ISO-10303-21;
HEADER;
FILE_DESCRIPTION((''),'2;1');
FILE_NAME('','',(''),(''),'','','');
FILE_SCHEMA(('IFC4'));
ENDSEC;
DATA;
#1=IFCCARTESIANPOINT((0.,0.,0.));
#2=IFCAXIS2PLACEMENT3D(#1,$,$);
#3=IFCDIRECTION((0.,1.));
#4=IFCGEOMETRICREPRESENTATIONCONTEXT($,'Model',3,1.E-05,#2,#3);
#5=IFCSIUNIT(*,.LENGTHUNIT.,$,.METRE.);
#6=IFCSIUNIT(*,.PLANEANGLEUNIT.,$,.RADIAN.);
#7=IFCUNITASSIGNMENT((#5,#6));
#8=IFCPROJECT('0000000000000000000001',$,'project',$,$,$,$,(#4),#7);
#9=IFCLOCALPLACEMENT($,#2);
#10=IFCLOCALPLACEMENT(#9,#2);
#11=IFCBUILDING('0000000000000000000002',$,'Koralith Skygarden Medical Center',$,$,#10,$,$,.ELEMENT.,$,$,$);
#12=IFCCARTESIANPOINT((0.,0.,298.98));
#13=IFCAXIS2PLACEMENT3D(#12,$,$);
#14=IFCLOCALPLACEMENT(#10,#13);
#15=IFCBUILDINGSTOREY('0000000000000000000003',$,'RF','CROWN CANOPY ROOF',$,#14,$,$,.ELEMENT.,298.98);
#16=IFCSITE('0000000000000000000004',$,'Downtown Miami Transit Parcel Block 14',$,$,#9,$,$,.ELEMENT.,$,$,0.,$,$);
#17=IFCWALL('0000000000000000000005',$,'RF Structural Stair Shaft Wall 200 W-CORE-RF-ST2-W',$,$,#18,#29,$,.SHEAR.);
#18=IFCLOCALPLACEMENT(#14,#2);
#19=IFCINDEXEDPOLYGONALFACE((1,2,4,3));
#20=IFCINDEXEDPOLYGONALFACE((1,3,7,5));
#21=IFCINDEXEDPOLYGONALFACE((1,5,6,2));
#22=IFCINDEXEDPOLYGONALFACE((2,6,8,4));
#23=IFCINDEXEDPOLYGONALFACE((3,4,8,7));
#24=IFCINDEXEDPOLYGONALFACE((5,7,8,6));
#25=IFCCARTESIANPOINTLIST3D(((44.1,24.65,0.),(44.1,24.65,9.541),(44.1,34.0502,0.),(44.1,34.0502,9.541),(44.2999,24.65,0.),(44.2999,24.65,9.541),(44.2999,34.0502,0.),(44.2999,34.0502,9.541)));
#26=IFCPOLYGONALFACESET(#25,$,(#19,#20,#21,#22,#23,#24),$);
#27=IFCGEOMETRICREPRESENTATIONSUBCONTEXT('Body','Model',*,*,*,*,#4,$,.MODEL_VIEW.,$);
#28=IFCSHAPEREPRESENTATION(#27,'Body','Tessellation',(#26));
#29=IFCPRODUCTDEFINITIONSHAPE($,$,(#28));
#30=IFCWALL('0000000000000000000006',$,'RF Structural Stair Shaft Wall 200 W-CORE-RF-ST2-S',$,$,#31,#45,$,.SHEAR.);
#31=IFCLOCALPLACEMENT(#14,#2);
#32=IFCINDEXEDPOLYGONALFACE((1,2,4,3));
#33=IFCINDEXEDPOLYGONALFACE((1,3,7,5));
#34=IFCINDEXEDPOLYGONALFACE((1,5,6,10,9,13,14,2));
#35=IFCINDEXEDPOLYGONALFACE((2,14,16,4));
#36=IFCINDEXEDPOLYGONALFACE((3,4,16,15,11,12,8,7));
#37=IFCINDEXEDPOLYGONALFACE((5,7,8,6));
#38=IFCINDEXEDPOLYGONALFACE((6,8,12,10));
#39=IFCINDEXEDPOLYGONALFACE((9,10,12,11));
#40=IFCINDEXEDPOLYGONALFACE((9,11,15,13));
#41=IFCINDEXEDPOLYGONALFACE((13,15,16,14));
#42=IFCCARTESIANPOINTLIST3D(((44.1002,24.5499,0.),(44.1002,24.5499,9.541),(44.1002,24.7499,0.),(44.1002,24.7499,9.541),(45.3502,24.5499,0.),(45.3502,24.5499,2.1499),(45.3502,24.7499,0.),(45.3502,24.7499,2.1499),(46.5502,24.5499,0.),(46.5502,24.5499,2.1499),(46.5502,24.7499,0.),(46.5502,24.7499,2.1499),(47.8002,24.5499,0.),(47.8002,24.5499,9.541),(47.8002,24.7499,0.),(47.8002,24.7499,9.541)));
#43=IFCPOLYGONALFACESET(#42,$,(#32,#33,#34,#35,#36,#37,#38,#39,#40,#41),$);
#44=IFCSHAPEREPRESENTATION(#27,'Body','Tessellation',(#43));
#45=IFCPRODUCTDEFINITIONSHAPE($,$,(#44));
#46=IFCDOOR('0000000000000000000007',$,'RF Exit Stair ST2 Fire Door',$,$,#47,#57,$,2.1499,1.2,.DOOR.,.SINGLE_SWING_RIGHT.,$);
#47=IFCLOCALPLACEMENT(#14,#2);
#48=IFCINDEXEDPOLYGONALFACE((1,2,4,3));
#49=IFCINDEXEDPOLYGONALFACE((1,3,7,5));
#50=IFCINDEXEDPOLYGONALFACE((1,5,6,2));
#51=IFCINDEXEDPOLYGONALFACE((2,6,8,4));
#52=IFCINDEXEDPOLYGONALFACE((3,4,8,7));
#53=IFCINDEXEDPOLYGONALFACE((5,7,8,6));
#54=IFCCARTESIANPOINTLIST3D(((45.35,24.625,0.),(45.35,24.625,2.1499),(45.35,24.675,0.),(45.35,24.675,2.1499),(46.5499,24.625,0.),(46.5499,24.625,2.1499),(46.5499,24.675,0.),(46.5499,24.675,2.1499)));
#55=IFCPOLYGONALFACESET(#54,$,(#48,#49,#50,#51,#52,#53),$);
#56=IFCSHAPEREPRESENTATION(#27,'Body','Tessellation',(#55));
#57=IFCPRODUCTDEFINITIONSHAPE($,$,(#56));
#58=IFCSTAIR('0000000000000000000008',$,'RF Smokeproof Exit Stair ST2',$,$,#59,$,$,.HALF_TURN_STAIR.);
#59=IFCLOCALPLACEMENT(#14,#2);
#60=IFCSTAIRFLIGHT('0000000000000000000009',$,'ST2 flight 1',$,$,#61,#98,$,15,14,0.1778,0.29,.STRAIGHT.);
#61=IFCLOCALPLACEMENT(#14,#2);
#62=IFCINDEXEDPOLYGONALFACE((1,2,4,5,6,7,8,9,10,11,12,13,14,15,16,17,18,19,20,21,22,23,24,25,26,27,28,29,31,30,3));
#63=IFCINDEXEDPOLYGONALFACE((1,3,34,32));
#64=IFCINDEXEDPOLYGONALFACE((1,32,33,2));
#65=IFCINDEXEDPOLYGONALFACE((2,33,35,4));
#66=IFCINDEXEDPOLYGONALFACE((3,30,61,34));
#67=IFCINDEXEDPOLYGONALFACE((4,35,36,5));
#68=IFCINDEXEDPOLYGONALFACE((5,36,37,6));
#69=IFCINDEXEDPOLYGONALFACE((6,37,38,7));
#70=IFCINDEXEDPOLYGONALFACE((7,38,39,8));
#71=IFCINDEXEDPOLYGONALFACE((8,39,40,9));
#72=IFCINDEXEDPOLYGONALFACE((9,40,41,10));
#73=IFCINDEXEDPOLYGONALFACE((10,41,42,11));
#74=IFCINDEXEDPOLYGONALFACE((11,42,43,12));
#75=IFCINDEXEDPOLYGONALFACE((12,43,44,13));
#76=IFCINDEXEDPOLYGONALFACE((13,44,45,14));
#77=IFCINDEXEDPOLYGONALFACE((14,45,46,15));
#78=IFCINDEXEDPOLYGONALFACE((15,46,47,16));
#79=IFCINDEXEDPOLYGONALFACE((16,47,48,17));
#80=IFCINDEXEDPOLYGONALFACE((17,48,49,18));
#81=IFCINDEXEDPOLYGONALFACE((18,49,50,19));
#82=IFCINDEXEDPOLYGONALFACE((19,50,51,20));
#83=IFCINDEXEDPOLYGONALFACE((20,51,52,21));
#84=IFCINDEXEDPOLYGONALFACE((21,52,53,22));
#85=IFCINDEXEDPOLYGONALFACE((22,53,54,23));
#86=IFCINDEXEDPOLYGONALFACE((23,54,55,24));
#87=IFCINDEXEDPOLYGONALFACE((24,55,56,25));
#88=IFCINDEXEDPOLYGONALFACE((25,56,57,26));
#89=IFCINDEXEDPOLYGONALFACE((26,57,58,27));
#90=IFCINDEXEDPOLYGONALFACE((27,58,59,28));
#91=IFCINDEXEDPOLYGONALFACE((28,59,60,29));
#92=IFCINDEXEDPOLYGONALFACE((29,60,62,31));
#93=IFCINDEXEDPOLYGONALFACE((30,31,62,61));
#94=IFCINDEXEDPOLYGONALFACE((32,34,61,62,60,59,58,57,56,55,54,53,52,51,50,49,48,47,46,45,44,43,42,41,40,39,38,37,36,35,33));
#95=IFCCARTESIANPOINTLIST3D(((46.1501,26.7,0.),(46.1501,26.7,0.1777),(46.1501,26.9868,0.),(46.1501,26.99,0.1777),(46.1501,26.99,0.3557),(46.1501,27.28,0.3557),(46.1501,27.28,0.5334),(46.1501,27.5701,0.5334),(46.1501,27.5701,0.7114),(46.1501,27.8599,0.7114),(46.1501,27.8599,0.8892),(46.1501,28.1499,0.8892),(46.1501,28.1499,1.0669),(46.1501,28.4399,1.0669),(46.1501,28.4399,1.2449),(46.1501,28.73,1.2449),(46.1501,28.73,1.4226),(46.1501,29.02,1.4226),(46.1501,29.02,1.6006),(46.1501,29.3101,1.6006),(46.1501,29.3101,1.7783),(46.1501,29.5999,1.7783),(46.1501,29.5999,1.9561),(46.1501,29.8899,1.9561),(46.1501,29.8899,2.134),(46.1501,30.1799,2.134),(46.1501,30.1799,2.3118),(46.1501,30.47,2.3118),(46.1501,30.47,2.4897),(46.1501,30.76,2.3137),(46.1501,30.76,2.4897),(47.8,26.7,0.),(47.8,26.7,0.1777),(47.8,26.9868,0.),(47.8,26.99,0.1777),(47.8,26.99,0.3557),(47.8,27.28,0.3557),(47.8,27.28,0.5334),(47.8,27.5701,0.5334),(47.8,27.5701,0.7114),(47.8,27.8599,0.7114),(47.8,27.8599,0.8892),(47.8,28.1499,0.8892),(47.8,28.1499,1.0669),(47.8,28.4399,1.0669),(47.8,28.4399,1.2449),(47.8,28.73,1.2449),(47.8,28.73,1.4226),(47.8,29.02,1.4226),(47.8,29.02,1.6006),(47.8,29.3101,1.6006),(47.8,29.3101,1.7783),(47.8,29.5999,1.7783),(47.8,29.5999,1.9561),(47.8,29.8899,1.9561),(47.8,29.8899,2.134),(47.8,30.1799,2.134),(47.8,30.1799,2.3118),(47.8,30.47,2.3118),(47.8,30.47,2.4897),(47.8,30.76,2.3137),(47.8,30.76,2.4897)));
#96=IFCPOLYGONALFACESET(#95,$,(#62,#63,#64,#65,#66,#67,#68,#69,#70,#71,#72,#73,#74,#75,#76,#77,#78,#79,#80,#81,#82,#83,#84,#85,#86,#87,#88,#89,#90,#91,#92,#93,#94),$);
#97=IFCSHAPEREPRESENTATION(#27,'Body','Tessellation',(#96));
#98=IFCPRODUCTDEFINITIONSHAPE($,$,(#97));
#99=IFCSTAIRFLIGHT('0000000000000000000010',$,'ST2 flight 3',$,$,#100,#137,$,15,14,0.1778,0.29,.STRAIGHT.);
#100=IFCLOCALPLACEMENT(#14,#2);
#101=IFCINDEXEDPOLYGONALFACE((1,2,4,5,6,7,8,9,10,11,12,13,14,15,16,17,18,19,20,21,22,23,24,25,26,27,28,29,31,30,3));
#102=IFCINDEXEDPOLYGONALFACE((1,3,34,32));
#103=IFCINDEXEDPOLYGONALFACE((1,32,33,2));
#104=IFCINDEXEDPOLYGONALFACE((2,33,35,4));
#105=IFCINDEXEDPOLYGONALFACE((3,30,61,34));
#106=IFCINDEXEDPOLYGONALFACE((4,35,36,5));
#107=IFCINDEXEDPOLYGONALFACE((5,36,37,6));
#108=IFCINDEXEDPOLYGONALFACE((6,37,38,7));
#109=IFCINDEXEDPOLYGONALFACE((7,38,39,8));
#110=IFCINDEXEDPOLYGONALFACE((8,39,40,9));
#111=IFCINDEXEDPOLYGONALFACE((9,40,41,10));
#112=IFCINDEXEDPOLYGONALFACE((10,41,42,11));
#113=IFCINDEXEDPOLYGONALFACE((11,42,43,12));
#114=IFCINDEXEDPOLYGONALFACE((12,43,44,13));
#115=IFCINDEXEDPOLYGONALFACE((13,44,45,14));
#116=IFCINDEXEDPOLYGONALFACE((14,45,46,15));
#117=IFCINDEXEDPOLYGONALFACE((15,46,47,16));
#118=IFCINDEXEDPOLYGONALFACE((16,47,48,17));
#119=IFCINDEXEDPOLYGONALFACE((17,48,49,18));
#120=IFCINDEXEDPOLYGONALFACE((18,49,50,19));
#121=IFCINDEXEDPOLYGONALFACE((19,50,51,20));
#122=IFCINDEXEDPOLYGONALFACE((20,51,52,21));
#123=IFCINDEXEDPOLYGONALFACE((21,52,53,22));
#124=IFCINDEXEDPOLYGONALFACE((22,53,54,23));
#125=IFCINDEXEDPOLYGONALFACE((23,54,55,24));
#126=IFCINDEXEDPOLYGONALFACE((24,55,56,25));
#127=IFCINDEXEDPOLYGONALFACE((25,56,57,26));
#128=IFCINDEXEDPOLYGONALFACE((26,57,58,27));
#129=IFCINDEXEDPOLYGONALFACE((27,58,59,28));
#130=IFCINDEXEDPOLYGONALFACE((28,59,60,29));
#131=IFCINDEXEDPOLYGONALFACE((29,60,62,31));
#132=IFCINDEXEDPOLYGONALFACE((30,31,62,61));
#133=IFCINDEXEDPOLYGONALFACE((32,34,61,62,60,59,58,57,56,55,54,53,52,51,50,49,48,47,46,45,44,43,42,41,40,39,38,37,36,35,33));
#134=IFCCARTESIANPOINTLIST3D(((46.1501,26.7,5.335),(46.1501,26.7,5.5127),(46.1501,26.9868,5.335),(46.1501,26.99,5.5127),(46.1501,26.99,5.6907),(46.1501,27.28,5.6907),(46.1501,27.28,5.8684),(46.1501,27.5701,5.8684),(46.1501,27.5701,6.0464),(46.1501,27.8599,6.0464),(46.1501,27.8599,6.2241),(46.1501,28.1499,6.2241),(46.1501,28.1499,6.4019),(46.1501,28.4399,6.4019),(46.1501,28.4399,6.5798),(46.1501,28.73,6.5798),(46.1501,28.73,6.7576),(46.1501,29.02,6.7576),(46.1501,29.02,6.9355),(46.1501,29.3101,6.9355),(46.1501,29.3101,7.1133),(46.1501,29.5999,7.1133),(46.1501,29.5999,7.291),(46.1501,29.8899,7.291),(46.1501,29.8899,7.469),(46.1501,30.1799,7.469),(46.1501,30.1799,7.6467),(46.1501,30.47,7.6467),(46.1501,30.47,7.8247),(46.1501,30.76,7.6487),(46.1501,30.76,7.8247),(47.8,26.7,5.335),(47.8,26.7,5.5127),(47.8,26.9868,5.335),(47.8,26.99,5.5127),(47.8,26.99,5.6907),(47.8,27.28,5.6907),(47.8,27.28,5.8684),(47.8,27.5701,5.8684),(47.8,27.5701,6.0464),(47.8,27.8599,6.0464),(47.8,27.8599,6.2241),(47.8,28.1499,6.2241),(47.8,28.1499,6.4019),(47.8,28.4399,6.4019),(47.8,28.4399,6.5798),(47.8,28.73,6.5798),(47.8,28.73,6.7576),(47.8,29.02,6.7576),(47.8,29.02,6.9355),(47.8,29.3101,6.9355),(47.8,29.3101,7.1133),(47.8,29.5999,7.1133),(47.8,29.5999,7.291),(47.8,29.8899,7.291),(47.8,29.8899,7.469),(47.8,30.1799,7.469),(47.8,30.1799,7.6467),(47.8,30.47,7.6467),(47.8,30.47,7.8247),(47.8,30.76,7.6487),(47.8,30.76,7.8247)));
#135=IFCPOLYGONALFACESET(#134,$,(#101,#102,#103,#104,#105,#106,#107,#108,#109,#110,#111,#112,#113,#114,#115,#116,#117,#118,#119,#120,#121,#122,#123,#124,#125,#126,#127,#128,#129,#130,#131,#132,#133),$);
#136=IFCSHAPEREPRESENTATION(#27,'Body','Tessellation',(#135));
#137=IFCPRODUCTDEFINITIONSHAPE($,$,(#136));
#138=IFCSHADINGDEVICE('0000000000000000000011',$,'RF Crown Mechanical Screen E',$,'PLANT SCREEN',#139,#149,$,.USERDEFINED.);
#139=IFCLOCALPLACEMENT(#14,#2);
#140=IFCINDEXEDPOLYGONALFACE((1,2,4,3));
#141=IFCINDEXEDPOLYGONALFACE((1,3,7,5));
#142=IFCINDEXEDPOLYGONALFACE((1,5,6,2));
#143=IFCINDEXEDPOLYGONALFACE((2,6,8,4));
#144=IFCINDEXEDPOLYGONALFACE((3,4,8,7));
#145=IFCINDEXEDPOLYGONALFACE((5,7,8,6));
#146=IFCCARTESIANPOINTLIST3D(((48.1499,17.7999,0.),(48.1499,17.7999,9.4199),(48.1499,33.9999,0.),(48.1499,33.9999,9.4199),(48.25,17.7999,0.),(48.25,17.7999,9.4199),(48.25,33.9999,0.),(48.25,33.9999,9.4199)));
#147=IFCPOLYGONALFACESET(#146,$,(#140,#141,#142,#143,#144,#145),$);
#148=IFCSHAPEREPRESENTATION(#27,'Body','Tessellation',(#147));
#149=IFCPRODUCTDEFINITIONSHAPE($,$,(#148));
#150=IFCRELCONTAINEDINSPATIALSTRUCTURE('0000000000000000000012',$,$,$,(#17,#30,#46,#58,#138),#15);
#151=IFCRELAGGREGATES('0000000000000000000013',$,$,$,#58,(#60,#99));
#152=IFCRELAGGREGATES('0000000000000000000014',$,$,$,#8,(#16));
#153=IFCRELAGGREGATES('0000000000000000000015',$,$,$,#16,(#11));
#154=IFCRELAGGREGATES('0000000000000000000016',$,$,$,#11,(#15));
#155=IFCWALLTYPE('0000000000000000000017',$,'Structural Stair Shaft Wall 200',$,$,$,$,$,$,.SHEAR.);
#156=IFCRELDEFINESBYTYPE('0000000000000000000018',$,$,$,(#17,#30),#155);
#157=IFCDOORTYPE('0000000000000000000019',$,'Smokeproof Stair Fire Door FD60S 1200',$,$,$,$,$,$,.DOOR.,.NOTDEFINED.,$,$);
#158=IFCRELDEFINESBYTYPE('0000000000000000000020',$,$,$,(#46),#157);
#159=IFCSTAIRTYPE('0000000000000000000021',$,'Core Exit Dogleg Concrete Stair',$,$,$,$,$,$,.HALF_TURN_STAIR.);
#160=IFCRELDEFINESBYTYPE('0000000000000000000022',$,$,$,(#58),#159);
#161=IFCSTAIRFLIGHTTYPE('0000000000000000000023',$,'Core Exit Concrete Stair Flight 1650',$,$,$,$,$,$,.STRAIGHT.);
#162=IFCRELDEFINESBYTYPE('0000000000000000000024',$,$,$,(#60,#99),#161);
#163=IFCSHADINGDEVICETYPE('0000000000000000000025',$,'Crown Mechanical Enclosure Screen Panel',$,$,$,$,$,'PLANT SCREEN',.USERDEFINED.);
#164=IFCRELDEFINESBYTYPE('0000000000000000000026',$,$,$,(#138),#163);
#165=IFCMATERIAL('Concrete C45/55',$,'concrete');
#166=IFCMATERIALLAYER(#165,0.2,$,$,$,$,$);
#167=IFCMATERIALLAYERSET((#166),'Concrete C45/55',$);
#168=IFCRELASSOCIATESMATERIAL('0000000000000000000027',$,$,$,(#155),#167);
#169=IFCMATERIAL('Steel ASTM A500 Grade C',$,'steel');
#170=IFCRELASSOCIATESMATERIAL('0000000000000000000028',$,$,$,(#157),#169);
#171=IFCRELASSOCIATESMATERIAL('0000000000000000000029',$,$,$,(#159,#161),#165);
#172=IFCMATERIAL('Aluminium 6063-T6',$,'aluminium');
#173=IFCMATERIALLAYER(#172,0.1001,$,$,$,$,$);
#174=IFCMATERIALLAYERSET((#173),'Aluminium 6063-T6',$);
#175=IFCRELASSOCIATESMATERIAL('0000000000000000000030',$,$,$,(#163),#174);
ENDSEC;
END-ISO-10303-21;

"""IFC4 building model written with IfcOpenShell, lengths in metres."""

from ifc_helpers import new_model, si_unit, direction, frame, frame_2d, origin, origin_2d, place, context, subcontext, project, spatial, polyline, rectangle, outline, extrude, material, layer, layer_set, type_object, element, fill, aggregate, save


model = new_model("IFC4")

# Units and contexts
model_context = context("Model", 3, precision=1e-05, world=origin(), true_north=direction((0.0, 1.0)))
body_context = subcontext(model_context, "Body", "Model", "MODEL_VIEW")
ifc_project = project(units=[si_unit("LENGTHUNIT", "METRE"), si_unit("PLANEANGLEUNIT", "RADIAN")], contexts=[model_context])

# Site, building, storey
site_placement = place(None, origin())
site = spatial("IfcSite", under=ifc_project, at=site_placement, Name="Downtown Miami Transit Parcel Block 14", CompositionType="ELEMENT", RefElevation=0.0)
building_placement = place(site_placement, origin())
building = spatial("IfcBuilding", under=site, at=building_placement, Name="Koralith Skygarden Medical Center", CompositionType="ELEMENT")
storey_placement = place(building_placement, frame((0.0, 0.0, 298.98)))
storey = spatial("IfcBuildingStorey", under=building, at=storey_placement, Name="RF", Description="CROWN CANOPY ROOF", CompositionType="ELEMENT", Elevation=298.98)

# Shared definitions
ifc_material_1 = material(Name="Steel ASTM A500 Grade C", Category="steel")

# Wall
ifc_material_2 = material(Name="Concrete C45/55", Category="concrete")
ifc_layer_1 = layer(ifc_material_2, 0.2)
ifc_layer_set_1 = layer_set([ifc_layer_1], Name="Concrete C45/55")
wall_type_1 = type_object("IfcWallType", Name="Structural Stair Shaft Wall 200", PredefinedType="SHEAR", material=ifc_layer_set_1)
wall_1_placement = place(storey_placement, frame((44.2, 24.6499, 0.0), z_axis=(0.0, 0.0, 1.0), x_axis=(0.0, 1.0, 0.0)))
element("IfcWall", 1, at=wall_1_placement, inside=storey, type_object=wall_type_1, Name="RF Structural Stair Shaft Wall 200 W-CORE-RF-ST2-W", PredefinedType="SHEAR", context=body_context, shape_type="SweptSolid", body=[
    extrude(rectangle(XDim=9.4001, YDim=0.2, at=frame_2d((4.7002, 0.0))), origin(), (0.0, 0.0, 1.0), 9.541),
])

# Wall, opening, door
wall_2_placement = place(storey_placement, frame((44.1001, 24.6499, 0.0), z_axis=(0.0, 0.0, 1.0), x_axis=(1.0, 0.0, 0.0)))
wall_2 = element("IfcWall", 2, at=wall_2_placement, inside=storey, type_object=wall_type_1, Name="RF Structural Stair Shaft Wall 200 W-CORE-RF-ST2-S", PredefinedType="SHEAR", context=body_context, shape_type="SweptSolid", body=[
    extrude(rectangle(XDim=3.7, YDim=0.2, at=frame_2d((1.8501, 0.0))), origin(), (0.0, 0.0, 1.0), 9.541),
])
opening_placement = place(wall_2_placement, frame((1.25, 0.0, 0.0)))
opening = element("IfcOpeningElement", 3, at=opening_placement, cuts=wall_2, PredefinedType="OPENING", context=body_context, shape_type="SweptSolid", body=[
    extrude(rectangle(XDim=1.2, YDim=2.1499, at=frame_2d((0.6001, 1.075))), frame((0.0, 0.1099, 0.0), z_axis=(0.0, -1.0, 0.0), x_axis=(1.0, 0.0, 0.0)), (0.0, 0.0, 1.0), 0.22),
])
door_type = type_object("IfcDoorType", Name="Smokeproof Stair Fire Door FD60S 1200", OperationType="NOTDEFINED", PredefinedType="DOOR", material=ifc_material_1)
door_placement = place(opening_placement, frame((1.2, 0.0, 0.0), z_axis=(0.0, 0.0, 1.0), x_axis=(-1.0, 0.0, 0.0)))
door = element("IfcDoor", 4, at=door_placement, inside=storey, type_object=door_type, Name="RF Exit Stair ST2 Fire Door", OperationType="SINGLE_SWING_RIGHT", OverallHeight=2.1499, OverallWidth=1.2, PredefinedType="DOOR", context=body_context, shape_type="SweptSolid", body=[
    extrude(rectangle(XDim=1.2, YDim=2.1499, at=frame_2d((0.6001, 1.075))), frame((0.0, 0.0249, 0.0), z_axis=(0.0, -1.0, 0.0), x_axis=(1.0, 0.0, 0.0)), (0.0, 0.0, 1.0), 0.05),
])
fill(opening, door)

# Stair, stair flights
stair_type = type_object("IfcStairType", Name="Core Exit Dogleg Concrete Stair", PredefinedType="HALF_TURN_STAIR", material=ifc_material_2)
stair_placement = place(storey_placement, origin())
stair = element("IfcStair", 5, at=stair_placement, inside=storey, type_object=stair_type, Name="RF Smokeproof Exit Stair ST2", PredefinedType="HALF_TURN_STAIR")
stair_flight_type = type_object("IfcStairFlightType", Name="Core Exit Concrete Stair Flight 1650", PredefinedType="STRAIGHT", material=ifc_material_2)
stair_flight_1_placement = place(storey_placement, frame((46.9751, 26.7, 0.0), z_axis=(0.0, 0.0, 1.0), x_axis=(0.0, 1.0, 0.0)))
stair_flight_1 = element("IfcStairFlight", 6, at=stair_flight_1_placement, type_object=stair_flight_type, Name="ST2 flight 1", NumberOfRisers=15, NumberOfTreads=14, PredefinedType="STRAIGHT", RiserHeight=0.1778, TreadLength=0.29, context=body_context, shape_type="SweptSolid", body=[
    extrude(outline(polyline([(0.0, 0.0), (0.0, 0.1777), (0.29, 0.1777), (0.29, 0.3557), (0.5801, 0.3557), (0.5801, 0.5334), (0.8701, 0.5334), (0.8701, 0.7114), (1.1599, 0.7114), (1.1599, 0.8892), (1.45, 0.8892), (1.45, 1.0669), (1.74, 1.0669), (1.74, 1.2449), (2.03, 1.2449), (2.03, 1.4226), (2.3201, 1.4226), (2.3201, 1.6006), (2.6101, 1.6006), (2.6101, 1.7783), (2.8999, 1.7783), (2.8999, 1.9561), (3.1899, 1.9561), (3.1899, 2.134), (3.48, 2.134), (3.48, 2.3118), (3.77, 2.3118), (3.77, 2.4897), (4.0601, 2.4897), (4.0601, 2.6675), (4.0601, 2.3137), (0.2869, 0.0), (0.0, 0.0)])), frame((0.0, 0.825, 0.0), z_axis=(0.0, -1.0, 0.0), x_axis=(1.0, 0.0, 0.0)), (0.0, 0.0, 1.0), 1.6499),
])
stair_flight_2_placement = place(storey_placement, frame((46.9751, 26.7, 5.335), z_axis=(0.0, 0.0, 1.0), x_axis=(0.0, 1.0, 0.0)))
stair_flight_2 = element("IfcStairFlight", 7, at=stair_flight_2_placement, type_object=stair_flight_type, Name="ST2 flight 3", NumberOfRisers=15, NumberOfTreads=14, PredefinedType="STRAIGHT", RiserHeight=0.1778, TreadLength=0.29, context=body_context, shape_type="SweptSolid", body=[
    extrude(outline(polyline([(0.0, 0.0), (0.0, 0.1777), (0.29, 0.1777), (0.29, 0.3557), (0.5801, 0.3557), (0.5801, 0.5334), (0.8701, 0.5334), (0.8701, 0.7114), (1.1599, 0.7114), (1.1599, 0.8892), (1.45, 0.8892), (1.45, 1.0669), (1.74, 1.0669), (1.74, 1.2449), (2.03, 1.2449), (2.03, 1.4226), (2.3201, 1.4226), (2.3201, 1.6006), (2.6101, 1.6006), (2.6101, 1.7783), (2.8999, 1.7783), (2.8999, 1.9561), (3.1899, 1.9561), (3.1899, 2.134), (3.48, 2.134), (3.48, 2.3118), (3.77, 2.3118), (3.77, 2.4897), (4.0601, 2.4897), (4.0601, 2.6675), (4.0601, 2.3137), (0.2869, 0.0), (0.0, 0.0)])), frame((0.0, 0.825, 0.0), z_axis=(0.0, -1.0, 0.0), x_axis=(1.0, 0.0, 0.0)), (0.0, 0.0, 1.0), 1.6499),
])
aggregate(stair, [stair_flight_1, stair_flight_2])

# Shading device
ifc_material_3 = material(Name="Aluminium 6063-T6", Category="aluminium")
ifc_layer_2 = layer(ifc_material_3, 0.1001)
ifc_layer_set_2 = layer_set([ifc_layer_2], Name="Aluminium 6063-T6")
shading_device_type = type_object("IfcShadingDeviceType", Name="Crown Mechanical Enclosure Screen Panel", ElementType="PLANT SCREEN", PredefinedType="USERDEFINED", material=ifc_layer_set_2)
shading_device_placement = place(storey_placement, frame((48.2, 25.8999, 0.0), z_axis=(0.0, 0.0, 1.0), x_axis=(0.0, 1.0, 0.0)))
element("IfcShadingDevice", 8, at=shading_device_placement, inside=storey, type_object=shading_device_type, Name="RF Crown Mechanical Screen E", ObjectType="PLANT SCREEN", PredefinedType="USERDEFINED", context=body_context, shape_type="SweptSolid", body=[
    extrude(rectangle(XDim=16.2, YDim=0.1001, at=origin_2d()), origin(), (0.0, 0.0, 1.0), 9.4199),
])

save(model, "model.ifc")
